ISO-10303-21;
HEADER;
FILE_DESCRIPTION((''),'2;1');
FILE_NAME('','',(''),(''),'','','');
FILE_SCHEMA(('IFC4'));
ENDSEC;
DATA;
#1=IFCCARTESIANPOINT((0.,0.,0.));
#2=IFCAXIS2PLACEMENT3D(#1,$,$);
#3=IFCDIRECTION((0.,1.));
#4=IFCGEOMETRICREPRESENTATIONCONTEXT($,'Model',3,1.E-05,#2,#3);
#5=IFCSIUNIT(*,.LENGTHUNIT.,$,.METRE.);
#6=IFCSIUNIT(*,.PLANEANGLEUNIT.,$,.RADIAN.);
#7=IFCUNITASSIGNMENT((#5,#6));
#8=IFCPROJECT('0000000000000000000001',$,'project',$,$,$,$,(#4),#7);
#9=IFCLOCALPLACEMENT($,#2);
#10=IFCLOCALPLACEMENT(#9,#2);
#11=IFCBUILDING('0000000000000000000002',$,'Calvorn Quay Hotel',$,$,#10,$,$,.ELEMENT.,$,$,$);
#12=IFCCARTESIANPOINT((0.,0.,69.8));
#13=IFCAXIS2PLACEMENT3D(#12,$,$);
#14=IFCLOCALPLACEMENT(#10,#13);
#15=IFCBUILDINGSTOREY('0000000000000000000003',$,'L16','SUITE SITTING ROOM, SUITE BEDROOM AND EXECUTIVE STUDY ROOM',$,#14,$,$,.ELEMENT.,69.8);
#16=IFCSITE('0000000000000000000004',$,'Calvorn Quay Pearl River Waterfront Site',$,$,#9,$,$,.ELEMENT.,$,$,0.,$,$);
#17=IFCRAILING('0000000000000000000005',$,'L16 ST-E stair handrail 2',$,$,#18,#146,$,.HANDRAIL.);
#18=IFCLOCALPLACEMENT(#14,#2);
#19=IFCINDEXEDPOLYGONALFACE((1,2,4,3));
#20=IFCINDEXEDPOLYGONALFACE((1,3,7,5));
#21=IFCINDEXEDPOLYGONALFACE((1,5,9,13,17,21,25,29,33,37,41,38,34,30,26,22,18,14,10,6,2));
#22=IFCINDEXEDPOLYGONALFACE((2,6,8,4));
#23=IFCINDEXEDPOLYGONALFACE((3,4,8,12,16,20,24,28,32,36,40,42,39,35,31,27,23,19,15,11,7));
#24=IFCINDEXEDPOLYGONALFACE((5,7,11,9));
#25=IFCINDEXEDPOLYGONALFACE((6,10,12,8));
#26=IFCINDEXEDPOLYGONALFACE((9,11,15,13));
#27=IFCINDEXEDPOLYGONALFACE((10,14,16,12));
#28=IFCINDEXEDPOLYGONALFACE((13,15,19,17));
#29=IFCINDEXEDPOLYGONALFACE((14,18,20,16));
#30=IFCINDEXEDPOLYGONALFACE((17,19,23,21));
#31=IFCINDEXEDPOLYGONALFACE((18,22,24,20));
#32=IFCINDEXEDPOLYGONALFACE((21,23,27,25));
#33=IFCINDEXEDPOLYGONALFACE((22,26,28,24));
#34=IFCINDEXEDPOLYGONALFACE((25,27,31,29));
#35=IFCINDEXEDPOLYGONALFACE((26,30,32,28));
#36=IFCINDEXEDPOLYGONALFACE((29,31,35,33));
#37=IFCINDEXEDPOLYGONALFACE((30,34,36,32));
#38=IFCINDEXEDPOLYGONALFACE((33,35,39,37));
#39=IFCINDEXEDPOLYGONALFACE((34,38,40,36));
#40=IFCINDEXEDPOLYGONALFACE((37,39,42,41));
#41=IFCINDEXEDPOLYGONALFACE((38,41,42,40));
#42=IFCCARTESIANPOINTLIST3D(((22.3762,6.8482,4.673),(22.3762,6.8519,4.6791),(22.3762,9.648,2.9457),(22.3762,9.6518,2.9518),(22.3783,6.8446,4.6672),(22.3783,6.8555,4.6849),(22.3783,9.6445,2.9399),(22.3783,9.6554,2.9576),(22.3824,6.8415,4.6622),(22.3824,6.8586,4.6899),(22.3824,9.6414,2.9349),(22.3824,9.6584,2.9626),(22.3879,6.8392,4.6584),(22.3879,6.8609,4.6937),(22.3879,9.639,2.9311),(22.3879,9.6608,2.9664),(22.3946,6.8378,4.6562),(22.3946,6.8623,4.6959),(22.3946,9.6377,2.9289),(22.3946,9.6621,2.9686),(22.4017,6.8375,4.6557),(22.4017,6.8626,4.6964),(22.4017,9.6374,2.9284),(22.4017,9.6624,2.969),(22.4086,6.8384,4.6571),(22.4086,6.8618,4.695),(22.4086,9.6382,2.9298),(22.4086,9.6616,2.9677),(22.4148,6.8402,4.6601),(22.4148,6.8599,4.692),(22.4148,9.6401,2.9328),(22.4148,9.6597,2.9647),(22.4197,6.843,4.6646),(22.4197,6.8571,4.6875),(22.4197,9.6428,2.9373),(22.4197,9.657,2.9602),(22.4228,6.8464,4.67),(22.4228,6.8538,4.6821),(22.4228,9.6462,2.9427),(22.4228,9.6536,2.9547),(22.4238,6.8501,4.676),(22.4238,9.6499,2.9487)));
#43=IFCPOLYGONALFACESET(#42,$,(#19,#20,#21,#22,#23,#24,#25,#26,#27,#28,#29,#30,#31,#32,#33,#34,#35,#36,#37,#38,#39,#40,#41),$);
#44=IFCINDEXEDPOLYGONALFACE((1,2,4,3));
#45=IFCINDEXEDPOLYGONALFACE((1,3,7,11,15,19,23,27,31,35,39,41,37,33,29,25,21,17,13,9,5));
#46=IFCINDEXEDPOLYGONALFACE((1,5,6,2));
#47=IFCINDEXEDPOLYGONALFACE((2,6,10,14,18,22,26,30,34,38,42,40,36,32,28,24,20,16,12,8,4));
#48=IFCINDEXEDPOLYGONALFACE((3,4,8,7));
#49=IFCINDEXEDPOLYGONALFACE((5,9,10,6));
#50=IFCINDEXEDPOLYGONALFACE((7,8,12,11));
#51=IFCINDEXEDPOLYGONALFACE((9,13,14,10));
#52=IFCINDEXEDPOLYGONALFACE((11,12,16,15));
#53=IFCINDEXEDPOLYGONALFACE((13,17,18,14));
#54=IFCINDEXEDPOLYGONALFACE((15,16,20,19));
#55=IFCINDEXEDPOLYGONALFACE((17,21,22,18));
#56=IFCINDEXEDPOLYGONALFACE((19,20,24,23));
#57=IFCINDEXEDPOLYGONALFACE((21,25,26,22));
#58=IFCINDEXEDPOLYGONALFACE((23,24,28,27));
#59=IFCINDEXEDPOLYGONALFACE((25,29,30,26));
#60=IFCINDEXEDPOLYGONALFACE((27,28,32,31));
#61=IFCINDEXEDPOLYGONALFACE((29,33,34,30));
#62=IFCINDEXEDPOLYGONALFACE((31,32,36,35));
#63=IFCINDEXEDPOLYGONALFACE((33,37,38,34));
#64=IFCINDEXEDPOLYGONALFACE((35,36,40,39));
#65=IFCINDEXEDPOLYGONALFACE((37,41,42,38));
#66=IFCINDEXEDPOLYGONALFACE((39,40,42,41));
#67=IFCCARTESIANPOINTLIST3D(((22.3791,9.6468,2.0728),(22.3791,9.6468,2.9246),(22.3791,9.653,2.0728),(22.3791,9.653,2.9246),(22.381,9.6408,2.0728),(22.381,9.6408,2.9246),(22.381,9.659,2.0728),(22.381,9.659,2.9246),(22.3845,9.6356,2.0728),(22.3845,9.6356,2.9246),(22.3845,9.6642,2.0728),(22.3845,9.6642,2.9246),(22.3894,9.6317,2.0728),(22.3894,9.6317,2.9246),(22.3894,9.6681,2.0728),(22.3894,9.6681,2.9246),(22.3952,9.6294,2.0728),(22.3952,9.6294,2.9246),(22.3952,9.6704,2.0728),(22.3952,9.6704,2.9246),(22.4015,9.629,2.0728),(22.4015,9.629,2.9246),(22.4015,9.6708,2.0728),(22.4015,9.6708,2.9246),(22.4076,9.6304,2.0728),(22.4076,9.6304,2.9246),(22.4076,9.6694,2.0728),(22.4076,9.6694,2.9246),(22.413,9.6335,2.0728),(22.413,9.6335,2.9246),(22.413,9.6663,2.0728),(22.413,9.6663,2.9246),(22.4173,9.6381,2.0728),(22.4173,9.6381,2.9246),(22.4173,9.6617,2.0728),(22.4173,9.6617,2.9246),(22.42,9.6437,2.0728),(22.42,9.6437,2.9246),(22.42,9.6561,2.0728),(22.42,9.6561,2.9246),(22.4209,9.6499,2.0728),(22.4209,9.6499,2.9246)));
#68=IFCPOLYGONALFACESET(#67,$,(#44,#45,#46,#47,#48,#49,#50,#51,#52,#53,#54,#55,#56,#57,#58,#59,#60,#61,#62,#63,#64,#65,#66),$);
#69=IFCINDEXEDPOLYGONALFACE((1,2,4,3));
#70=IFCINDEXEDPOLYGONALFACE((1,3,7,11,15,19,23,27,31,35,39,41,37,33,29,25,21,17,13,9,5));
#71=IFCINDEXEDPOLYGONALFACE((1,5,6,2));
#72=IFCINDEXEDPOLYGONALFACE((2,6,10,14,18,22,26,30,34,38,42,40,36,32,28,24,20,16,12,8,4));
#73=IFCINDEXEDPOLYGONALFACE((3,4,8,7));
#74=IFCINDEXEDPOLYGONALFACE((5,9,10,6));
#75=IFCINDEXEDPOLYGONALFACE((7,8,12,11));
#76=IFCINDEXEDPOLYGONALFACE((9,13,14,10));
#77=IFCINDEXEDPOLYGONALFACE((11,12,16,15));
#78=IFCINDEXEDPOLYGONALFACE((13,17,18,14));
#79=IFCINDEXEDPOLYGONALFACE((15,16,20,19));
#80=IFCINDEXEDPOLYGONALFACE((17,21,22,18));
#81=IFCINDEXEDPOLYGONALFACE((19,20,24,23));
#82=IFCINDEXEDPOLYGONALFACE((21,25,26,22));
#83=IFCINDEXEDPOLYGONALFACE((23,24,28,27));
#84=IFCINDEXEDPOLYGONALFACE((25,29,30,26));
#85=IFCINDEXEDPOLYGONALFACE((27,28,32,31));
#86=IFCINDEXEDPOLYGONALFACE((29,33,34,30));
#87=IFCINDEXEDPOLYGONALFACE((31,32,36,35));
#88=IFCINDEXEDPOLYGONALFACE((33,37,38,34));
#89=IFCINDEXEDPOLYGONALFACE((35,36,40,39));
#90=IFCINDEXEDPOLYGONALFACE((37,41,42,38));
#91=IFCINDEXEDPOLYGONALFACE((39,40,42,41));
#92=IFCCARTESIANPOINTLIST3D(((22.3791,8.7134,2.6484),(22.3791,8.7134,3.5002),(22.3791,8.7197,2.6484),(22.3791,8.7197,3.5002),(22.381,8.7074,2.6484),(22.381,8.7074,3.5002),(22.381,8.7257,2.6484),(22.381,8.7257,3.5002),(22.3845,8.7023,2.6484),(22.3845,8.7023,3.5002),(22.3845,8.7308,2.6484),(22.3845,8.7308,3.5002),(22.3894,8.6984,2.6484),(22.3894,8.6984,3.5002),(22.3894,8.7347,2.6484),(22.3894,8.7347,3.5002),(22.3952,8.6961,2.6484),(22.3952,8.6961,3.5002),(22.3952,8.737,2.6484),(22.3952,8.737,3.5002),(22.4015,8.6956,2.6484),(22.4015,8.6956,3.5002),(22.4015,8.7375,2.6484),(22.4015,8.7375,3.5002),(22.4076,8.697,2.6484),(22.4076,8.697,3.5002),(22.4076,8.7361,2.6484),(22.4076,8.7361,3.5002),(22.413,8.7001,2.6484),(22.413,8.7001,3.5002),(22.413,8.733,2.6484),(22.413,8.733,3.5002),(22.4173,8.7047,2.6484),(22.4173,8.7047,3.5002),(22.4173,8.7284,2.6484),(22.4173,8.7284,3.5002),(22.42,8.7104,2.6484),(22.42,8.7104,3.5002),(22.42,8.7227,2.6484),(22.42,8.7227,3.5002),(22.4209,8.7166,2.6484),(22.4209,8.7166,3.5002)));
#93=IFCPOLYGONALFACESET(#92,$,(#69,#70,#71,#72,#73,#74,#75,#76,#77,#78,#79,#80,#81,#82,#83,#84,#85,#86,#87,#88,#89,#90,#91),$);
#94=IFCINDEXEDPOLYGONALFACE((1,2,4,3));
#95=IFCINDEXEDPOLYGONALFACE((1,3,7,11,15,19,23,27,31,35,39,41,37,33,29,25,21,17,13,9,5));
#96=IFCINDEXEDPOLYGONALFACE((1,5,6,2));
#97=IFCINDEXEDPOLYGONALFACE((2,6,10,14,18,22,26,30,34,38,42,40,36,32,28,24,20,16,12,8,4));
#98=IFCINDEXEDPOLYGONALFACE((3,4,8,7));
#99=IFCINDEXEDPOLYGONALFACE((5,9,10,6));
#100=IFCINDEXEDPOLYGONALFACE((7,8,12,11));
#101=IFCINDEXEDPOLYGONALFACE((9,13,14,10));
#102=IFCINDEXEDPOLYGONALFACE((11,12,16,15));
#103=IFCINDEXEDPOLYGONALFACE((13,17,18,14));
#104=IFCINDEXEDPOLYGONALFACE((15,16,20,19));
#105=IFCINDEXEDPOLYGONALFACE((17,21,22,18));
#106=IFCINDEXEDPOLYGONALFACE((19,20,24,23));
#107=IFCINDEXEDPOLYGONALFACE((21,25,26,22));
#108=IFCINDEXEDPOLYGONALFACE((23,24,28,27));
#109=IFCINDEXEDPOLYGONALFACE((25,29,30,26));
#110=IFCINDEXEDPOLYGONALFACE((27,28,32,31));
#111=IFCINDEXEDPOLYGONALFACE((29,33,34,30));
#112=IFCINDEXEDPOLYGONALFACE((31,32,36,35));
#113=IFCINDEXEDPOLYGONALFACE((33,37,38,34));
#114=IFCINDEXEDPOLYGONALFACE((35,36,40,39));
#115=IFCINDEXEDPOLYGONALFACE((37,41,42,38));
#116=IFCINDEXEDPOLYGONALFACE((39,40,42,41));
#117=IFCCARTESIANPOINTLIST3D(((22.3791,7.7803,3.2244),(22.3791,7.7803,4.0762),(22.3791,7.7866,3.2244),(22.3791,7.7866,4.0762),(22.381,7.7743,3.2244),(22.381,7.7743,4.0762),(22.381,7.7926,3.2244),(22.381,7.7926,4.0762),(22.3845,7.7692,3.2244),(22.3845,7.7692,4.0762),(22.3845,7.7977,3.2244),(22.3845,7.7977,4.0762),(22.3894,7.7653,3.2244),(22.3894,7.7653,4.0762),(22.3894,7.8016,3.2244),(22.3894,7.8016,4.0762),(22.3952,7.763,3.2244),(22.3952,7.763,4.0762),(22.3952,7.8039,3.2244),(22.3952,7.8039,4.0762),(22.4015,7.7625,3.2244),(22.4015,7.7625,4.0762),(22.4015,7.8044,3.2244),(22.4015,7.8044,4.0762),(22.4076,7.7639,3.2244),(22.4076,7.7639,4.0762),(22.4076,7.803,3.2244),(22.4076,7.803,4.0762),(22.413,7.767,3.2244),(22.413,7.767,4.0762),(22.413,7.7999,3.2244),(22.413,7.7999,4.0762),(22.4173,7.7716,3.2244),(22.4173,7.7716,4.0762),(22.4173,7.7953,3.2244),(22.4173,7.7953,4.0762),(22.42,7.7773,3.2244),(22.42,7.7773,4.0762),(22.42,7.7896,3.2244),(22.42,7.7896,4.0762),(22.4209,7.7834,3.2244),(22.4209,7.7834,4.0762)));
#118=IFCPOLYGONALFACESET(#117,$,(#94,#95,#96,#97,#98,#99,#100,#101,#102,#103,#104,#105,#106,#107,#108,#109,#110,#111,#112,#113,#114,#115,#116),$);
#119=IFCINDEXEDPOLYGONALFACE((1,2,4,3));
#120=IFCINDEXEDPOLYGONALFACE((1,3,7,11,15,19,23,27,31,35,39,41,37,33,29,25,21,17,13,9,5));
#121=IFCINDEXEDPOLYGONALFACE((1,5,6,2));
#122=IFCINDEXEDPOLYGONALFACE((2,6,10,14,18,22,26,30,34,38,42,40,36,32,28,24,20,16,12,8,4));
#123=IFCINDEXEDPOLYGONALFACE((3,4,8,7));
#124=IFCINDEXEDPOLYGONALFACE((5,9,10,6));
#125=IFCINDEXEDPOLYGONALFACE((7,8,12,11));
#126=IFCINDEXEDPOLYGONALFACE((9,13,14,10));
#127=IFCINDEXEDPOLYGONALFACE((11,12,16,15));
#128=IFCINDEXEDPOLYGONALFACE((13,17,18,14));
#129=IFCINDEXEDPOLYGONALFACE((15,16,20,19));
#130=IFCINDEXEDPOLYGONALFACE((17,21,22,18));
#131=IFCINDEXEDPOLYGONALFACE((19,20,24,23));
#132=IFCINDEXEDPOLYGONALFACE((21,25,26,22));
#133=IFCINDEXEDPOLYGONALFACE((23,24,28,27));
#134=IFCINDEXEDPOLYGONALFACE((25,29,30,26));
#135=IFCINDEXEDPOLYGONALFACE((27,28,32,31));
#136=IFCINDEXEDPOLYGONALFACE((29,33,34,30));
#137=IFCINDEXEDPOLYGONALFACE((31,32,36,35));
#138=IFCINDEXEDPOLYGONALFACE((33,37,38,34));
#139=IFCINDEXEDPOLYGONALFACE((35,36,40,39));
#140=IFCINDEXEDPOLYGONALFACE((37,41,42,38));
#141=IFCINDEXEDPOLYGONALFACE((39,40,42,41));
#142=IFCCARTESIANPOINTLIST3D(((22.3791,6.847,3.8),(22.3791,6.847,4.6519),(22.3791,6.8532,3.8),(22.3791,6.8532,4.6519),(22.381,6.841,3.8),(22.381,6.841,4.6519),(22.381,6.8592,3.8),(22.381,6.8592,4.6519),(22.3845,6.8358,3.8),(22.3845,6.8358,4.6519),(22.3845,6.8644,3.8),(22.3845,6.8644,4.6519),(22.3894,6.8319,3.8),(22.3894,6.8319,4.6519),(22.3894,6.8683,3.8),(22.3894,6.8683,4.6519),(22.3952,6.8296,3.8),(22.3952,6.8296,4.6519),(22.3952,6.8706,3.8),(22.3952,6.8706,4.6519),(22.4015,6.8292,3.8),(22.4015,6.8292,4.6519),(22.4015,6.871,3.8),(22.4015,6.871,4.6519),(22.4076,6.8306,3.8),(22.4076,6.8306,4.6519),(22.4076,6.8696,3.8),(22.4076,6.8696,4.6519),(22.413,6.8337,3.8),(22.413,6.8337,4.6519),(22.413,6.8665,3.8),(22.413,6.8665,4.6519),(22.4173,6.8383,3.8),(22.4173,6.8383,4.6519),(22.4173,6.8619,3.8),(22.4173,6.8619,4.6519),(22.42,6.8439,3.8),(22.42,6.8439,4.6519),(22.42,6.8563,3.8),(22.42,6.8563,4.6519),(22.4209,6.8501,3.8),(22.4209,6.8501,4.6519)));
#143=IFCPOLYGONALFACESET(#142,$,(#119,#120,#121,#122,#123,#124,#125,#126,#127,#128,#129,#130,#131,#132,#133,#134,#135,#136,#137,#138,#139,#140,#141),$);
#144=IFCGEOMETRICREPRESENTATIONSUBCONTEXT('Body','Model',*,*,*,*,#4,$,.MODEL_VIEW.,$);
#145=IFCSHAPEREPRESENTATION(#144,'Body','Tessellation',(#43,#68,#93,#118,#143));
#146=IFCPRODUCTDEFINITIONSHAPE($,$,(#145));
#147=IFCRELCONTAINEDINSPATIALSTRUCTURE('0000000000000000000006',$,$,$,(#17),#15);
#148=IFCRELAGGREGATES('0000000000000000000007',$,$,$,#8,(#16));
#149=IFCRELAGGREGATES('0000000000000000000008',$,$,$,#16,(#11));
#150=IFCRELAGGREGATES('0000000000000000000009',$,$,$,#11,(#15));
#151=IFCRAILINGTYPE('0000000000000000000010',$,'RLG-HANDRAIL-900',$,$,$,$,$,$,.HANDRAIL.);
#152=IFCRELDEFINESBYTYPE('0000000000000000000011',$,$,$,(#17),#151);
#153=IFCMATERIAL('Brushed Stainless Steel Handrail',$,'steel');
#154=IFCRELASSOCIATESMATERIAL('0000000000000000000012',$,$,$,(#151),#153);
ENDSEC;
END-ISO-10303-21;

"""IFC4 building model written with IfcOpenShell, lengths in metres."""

from ifc_helpers import new_model, si_unit, direction, frame, origin, origin_2d, place, context, subcontext, project, spatial, circle, extrude, material, type_object, element, save


model = new_model("IFC4")

# Units and contexts
model_context = context("Model", 3, precision=1e-05, world=origin(), true_north=direction((0.0, 1.0)))
body_context = subcontext(model_context, "Body", "Model", "MODEL_VIEW")
ifc_project = project(units=[si_unit("LENGTHUNIT", "METRE"), si_unit("PLANEANGLEUNIT", "RADIAN")], contexts=[model_context])

# Site, building, storey
site_placement = place(None, origin())
site = spatial("IfcSite", under=ifc_project, at=site_placement, Name="Calvorn Quay Pearl River Waterfront Site", CompositionType="ELEMENT", RefElevation=0.0)
building_placement = place(site_placement, origin())
building = spatial("IfcBuilding", under=site, at=building_placement, Name="Calvorn Quay Hotel", CompositionType="ELEMENT")
storey_placement = place(building_placement, frame((0.0, 0.0, 69.8)))
storey = spatial("IfcBuildingStorey", under=building, at=storey_placement, Name="L16", Description="SUITE SITTING ROOM, SUITE BEDROOM AND EXECUTIVE STUDY ROOM", CompositionType="ELEMENT", Elevation=69.8)

# Railing
ifc_material_1 = material(Name="Brushed Stainless Steel Handrail", Category="steel")
railing_type_1 = type_object("IfcRailingType", Name="RLG-HANDRAIL-900", PredefinedType="HANDRAIL", material=ifc_material_1)
railing_1_placement = place(storey_placement, frame((22.3999, 9.6499, 2.0728)))
element("IfcRailing", 1, at=railing_1_placement, inside=storey, type_object=railing_type_1, Name="L16 ST-E stair handrail 2", PredefinedType="HANDRAIL", context=body_context, shape_type="SweptSolid", body=[
    extrude(circle(Radius=0.0239, at=origin_2d()), frame((0.0, 0.0, 0.876), z_axis=(0.0, -0.851069, 0.525054), x_axis=(1.0, 0.0, 0.0)), (0.0, 0.0, 1.0), 3.2898),
    extrude(circle(Radius=0.021, at=origin_2d()), origin(), (0.0, 0.0, 1.0), 0.8518),
    extrude(circle(Radius=0.021, at=origin_2d()), frame((0.0, -0.9333, 0.5757)), (0.0, 0.0, 1.0), 0.8518),
    extrude(circle(Radius=0.021, at=origin_2d()), frame((0.0, -1.8665, 1.1516)), (0.0, 0.0, 1.0), 0.8518),
    extrude(circle(Radius=0.021, at=origin_2d()), frame((0.0, -2.7998, 1.7273)), (0.0, 0.0, 1.0), 0.8518),
])

save(model, "model.ifc")
